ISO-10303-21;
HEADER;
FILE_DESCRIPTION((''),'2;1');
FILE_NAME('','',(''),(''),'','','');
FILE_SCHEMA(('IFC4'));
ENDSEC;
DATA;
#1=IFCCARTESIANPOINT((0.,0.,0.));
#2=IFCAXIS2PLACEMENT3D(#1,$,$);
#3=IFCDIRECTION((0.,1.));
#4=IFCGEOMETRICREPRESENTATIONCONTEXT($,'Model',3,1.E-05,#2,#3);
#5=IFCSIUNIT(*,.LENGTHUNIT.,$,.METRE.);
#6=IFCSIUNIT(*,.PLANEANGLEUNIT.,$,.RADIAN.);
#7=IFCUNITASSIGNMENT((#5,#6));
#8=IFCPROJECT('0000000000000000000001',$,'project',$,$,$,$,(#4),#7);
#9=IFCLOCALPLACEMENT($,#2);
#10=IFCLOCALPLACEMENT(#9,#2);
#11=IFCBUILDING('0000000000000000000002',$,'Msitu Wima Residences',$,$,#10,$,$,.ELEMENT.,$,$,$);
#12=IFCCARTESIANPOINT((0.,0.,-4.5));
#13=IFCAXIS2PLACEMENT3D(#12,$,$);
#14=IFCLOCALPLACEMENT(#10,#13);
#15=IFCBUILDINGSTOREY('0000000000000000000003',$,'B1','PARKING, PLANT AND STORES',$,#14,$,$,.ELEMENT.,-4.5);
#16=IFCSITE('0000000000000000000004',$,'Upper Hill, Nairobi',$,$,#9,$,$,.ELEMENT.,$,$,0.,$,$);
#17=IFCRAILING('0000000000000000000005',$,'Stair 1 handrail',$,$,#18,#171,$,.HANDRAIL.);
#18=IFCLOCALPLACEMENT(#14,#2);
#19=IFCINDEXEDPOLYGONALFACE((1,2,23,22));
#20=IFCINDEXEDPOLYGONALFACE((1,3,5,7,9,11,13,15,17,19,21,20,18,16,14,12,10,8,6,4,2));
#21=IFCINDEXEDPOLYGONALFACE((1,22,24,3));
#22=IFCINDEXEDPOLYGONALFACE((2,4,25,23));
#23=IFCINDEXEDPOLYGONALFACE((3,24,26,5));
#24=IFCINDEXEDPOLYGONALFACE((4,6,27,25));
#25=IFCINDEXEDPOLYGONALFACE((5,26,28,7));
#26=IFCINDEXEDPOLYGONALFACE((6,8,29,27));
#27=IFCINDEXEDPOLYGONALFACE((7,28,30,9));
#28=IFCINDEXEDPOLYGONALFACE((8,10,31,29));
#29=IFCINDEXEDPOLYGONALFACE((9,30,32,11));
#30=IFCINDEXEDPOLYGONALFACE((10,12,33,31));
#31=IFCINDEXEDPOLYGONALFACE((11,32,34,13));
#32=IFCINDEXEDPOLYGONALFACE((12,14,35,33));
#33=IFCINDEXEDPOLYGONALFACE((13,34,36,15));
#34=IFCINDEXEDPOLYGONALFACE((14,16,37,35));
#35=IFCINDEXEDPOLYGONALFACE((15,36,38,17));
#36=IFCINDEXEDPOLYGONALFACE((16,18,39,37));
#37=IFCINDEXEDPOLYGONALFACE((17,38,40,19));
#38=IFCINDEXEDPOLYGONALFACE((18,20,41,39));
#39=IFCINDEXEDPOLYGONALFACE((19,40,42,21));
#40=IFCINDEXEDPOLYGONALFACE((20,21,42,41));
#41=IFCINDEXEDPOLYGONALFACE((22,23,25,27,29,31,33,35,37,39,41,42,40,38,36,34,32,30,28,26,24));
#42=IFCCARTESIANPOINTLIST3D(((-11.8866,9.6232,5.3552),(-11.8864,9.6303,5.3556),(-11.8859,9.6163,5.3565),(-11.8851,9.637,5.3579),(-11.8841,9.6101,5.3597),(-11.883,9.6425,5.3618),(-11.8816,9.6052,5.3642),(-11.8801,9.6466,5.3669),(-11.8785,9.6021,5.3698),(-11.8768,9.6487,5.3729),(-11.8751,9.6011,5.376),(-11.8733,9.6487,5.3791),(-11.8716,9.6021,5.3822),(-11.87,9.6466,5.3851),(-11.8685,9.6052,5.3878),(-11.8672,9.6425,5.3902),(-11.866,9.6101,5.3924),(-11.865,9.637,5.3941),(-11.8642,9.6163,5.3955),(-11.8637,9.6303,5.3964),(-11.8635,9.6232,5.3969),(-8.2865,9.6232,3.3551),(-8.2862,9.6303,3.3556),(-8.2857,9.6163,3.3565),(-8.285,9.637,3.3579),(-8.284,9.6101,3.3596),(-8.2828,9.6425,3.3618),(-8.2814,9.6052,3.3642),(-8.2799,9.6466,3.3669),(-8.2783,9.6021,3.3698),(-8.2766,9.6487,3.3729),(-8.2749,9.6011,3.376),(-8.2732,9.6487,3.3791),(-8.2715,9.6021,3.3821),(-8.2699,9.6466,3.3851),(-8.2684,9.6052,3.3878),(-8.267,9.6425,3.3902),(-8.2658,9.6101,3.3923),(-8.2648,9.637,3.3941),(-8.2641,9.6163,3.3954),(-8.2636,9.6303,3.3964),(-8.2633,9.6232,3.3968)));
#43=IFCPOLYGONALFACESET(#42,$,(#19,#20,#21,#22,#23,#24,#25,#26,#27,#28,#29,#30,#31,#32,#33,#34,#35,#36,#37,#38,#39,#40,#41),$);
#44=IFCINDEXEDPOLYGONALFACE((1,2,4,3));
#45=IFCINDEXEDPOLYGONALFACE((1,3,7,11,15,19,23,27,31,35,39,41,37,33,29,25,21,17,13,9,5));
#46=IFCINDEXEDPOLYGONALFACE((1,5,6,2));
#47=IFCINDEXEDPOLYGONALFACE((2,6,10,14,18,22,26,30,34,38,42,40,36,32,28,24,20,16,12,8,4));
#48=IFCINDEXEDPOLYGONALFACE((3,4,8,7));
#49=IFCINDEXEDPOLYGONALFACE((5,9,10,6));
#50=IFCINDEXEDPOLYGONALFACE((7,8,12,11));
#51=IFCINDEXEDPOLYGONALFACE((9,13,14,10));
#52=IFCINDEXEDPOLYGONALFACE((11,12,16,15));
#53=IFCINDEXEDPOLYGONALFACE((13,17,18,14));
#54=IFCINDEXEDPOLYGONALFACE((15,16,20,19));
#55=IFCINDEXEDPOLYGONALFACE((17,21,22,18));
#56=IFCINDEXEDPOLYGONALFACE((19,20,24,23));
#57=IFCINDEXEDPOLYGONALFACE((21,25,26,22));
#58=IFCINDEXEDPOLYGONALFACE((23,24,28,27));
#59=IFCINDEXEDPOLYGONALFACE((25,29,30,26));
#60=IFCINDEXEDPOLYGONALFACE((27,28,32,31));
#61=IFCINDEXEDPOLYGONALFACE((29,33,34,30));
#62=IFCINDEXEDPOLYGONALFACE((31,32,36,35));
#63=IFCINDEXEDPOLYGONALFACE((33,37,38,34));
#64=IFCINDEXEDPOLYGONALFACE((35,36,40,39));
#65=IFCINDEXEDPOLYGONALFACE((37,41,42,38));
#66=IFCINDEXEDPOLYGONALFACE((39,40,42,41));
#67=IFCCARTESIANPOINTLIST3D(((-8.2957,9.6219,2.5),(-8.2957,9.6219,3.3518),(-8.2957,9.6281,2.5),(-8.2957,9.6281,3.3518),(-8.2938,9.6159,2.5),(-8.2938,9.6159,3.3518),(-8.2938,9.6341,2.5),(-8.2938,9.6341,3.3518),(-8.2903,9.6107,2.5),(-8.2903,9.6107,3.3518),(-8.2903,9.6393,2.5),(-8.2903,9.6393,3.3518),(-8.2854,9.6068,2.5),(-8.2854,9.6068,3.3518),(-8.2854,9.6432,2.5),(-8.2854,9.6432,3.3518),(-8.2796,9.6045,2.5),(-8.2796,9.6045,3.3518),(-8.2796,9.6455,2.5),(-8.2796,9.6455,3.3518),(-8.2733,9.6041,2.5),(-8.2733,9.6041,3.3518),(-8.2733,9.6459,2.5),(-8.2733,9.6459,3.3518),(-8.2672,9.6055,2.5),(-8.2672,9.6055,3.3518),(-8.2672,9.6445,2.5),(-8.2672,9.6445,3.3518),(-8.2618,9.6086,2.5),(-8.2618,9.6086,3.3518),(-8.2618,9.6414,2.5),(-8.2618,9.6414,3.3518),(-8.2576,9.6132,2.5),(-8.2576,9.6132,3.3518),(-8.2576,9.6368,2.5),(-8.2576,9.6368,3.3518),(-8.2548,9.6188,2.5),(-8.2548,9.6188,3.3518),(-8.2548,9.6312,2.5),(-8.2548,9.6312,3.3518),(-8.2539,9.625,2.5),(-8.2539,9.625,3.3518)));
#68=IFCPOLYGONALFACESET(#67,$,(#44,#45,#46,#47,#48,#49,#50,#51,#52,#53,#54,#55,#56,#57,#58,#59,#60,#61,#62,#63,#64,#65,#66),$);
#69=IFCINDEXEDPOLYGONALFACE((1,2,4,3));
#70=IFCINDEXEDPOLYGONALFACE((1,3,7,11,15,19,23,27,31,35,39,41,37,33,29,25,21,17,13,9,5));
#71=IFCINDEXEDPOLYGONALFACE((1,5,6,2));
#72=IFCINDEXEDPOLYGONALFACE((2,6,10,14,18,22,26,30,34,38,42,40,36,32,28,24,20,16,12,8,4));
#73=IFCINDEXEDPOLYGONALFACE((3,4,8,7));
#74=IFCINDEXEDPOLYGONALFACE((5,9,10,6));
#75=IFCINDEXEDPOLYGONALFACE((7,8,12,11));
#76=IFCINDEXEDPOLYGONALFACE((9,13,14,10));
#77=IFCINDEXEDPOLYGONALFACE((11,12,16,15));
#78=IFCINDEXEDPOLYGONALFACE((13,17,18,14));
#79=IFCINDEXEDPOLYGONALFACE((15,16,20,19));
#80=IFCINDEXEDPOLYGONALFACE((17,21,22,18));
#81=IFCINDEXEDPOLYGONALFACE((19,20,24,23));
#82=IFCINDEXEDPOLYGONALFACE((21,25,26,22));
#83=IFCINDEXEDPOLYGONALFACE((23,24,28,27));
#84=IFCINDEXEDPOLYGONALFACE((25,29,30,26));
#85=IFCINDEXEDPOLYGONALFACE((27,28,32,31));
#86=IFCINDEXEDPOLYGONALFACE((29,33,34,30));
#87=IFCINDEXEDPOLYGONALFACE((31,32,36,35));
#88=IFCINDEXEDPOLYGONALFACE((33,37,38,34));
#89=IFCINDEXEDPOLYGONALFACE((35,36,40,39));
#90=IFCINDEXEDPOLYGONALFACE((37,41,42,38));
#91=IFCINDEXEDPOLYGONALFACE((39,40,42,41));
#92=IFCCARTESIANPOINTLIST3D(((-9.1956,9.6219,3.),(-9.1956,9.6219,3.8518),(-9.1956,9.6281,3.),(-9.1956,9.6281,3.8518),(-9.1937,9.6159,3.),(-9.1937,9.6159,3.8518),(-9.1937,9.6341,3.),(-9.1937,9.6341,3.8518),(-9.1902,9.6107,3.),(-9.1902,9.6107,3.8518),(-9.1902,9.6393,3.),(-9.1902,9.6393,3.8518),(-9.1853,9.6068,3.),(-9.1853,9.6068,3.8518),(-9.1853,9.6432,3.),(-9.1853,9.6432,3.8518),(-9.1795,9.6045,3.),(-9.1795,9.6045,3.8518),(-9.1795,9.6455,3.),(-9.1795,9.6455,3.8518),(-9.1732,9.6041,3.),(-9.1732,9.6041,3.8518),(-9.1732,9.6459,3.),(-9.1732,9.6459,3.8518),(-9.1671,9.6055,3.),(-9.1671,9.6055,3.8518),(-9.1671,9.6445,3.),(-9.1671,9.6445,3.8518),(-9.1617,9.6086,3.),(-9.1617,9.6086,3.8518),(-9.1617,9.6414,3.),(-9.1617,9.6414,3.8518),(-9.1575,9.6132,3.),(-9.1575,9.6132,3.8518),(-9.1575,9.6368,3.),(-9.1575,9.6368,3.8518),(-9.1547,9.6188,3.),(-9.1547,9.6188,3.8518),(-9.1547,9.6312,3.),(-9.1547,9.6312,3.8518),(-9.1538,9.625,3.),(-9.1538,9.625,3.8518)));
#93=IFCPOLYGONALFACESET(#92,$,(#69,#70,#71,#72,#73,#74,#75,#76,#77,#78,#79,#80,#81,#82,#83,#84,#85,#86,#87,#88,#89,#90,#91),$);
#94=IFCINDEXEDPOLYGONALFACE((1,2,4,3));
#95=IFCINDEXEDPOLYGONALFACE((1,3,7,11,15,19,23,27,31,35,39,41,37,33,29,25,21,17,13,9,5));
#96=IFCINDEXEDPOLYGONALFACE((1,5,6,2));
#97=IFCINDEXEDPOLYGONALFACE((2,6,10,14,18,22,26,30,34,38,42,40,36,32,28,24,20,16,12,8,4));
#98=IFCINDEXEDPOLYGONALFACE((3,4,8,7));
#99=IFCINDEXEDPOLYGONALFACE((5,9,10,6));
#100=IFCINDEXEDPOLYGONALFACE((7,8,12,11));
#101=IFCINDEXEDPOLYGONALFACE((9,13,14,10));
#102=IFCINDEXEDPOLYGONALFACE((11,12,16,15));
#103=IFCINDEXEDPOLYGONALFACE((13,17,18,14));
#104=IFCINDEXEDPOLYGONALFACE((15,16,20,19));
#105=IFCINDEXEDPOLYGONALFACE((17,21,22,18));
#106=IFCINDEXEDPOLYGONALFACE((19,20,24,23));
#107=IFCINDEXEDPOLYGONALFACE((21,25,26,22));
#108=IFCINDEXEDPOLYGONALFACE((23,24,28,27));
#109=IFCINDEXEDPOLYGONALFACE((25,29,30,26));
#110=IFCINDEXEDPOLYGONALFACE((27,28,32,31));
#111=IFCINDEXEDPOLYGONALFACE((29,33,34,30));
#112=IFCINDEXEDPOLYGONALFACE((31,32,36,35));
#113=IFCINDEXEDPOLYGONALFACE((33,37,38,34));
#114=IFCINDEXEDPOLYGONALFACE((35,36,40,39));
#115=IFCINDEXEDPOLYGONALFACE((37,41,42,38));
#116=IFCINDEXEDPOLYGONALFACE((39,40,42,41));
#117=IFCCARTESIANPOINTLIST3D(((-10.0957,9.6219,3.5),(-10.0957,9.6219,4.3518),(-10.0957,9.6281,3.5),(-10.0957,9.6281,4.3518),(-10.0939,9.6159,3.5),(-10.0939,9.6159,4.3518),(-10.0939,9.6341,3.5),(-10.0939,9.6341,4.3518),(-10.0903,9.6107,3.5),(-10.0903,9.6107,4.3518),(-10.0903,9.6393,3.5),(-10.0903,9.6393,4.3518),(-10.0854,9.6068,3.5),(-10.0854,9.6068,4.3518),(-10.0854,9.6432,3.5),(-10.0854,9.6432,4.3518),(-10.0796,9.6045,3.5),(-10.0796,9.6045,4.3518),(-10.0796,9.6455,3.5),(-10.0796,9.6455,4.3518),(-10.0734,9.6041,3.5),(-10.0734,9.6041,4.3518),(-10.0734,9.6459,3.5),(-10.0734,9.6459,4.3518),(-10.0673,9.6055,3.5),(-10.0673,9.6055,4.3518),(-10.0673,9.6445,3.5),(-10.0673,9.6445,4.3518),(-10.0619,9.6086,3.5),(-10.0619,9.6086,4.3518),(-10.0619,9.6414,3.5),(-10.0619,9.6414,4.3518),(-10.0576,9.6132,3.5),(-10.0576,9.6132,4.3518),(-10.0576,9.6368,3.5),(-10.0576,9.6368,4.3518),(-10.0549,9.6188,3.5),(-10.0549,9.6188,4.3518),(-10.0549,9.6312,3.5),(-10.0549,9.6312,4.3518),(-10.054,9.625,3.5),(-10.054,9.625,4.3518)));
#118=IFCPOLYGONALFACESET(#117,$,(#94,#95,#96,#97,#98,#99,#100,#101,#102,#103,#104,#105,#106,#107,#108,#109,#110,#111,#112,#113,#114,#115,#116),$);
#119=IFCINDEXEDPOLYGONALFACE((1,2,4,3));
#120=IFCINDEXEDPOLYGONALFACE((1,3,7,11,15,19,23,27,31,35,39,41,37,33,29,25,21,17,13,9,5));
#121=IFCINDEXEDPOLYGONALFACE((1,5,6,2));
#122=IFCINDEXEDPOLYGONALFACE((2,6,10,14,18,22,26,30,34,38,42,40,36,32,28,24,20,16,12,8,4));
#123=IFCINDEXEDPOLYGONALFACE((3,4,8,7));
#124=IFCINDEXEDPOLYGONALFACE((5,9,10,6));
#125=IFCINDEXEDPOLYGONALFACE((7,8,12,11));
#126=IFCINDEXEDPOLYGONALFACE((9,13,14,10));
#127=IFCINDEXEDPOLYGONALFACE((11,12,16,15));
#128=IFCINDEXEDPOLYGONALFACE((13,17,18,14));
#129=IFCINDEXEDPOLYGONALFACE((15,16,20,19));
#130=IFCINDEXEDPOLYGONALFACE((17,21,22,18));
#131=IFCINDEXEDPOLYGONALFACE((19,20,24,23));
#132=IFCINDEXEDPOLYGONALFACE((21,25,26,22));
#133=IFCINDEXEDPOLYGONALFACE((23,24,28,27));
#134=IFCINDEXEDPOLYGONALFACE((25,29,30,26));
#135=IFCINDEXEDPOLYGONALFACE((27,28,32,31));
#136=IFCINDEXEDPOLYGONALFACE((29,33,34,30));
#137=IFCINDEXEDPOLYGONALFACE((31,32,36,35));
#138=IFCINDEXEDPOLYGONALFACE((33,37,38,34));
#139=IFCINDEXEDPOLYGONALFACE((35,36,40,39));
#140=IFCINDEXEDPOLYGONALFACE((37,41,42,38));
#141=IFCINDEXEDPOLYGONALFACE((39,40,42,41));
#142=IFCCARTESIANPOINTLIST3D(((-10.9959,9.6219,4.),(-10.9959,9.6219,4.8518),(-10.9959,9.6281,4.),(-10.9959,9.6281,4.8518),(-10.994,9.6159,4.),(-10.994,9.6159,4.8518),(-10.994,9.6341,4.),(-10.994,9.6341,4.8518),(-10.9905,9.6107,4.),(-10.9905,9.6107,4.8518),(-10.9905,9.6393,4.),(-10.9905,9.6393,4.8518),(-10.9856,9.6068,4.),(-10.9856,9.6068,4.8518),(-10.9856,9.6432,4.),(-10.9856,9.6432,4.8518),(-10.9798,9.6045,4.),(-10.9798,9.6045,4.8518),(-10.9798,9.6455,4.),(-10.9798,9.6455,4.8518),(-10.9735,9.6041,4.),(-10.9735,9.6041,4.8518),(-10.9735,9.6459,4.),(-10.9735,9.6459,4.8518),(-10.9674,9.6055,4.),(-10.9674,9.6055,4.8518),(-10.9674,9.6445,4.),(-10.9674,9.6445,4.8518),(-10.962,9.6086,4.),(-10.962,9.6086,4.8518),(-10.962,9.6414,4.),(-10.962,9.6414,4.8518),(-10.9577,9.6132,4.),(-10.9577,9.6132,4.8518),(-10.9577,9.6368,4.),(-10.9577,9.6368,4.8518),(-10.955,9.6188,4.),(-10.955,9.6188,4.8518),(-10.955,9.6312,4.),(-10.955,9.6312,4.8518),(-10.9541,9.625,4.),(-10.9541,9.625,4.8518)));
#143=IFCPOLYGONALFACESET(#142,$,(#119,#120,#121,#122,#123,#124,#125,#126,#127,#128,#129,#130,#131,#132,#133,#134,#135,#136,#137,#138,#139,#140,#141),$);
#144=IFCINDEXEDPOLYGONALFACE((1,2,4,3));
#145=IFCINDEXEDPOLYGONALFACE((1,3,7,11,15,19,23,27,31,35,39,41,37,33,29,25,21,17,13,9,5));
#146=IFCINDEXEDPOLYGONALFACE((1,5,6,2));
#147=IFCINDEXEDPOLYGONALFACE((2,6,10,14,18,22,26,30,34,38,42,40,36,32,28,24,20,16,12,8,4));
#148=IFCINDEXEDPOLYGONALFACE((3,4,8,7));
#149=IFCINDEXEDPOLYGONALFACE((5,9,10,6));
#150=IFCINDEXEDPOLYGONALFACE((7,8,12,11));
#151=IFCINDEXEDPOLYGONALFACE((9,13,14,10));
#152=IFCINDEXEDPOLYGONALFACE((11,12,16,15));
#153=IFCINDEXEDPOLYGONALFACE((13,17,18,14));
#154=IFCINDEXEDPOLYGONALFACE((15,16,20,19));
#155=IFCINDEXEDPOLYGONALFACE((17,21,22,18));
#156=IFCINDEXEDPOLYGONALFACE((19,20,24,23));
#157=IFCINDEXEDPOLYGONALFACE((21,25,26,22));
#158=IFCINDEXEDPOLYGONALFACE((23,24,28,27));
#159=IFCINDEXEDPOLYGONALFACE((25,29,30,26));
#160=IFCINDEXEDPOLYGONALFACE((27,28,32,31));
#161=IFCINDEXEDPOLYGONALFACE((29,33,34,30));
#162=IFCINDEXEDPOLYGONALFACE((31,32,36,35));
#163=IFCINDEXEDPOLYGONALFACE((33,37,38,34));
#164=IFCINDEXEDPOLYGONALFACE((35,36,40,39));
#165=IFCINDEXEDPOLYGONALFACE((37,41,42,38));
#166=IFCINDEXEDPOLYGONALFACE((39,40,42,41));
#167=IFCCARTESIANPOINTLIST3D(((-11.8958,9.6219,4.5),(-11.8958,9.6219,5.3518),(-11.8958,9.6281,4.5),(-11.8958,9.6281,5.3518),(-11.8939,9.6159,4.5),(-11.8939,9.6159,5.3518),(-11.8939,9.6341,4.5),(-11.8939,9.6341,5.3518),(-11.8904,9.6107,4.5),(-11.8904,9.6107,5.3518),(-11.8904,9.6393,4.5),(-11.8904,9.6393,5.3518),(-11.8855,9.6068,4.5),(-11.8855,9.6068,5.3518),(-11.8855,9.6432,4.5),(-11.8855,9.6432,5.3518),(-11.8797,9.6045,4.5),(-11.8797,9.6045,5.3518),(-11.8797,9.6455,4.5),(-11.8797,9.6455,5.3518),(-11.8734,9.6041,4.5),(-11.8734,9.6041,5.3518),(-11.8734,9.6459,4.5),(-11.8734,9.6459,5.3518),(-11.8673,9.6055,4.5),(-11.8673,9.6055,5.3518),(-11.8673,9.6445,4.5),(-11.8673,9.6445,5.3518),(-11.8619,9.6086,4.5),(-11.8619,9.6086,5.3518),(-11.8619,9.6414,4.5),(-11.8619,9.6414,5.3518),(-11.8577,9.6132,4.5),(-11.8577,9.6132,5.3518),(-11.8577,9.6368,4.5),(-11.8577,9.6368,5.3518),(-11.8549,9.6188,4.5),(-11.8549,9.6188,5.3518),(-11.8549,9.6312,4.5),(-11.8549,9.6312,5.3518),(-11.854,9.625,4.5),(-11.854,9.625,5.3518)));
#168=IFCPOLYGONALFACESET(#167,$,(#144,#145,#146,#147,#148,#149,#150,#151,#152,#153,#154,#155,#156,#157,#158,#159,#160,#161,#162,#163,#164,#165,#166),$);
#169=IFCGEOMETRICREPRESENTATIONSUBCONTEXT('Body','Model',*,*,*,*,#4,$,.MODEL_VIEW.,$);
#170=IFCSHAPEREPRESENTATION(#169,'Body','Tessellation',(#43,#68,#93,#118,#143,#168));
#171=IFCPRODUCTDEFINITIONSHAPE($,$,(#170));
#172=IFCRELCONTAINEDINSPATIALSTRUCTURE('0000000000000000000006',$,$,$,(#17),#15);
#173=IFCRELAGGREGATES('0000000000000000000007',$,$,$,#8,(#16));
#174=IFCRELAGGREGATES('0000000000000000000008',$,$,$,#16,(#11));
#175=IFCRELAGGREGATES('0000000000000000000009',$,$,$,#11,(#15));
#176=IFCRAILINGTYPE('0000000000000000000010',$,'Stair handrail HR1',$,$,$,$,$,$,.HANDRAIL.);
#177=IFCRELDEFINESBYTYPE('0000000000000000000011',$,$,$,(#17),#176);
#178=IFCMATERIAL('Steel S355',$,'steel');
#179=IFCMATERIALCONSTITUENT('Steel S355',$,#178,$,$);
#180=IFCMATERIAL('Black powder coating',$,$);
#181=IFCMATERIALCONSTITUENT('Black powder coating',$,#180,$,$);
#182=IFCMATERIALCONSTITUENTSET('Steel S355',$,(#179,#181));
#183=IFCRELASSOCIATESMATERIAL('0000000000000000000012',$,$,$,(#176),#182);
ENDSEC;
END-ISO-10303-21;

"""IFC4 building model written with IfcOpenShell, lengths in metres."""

from ifc_helpers import new_model, si_unit, direction, frame, origin, origin_2d, place, context, subcontext, project, spatial, circle, extrude, material, constituent, constituent_set, type_object, element, save


model = new_model("IFC4")

# Units and contexts
model_context = context("Model", 3, precision=1e-05, world=origin(), true_north=direction((0.0, 1.0)))
body_context = subcontext(model_context, "Body", "Model", "MODEL_VIEW")
ifc_project = project(units=[si_unit("LENGTHUNIT", "METRE"), si_unit("PLANEANGLEUNIT", "RADIAN")], contexts=[model_context])

# Site, building, storey
site_placement = place(None, origin())
site = spatial("IfcSite", under=ifc_project, at=site_placement, Name="Upper Hill, Nairobi", CompositionType="ELEMENT", RefElevation=0.0)
building_placement = place(site_placement, origin())
building = spatial("IfcBuilding", under=site, at=building_placement, Name="Msitu Wima Residences", CompositionType="ELEMENT")
storey_placement = place(building_placement, frame((0.0, 0.0, -4.5)))
storey = spatial("IfcBuildingStorey", under=building, at=storey_placement, Name="B1", Description="PARKING, PLANT AND STORES", CompositionType="ELEMENT", Elevation=-4.5)

# Railing
ifc_material_1 = material(Name="Steel S355", Category="steel")
ifc_constituent_1 = constituent(ifc_material_1, Name="Steel S355")
ifc_material_2 = material(Name="Black powder coating")
ifc_constituent_2 = constituent(ifc_material_2, Name="Black powder coating")
ifc_constituent_set = constituent_set(constituents=[ifc_constituent_1, ifc_constituent_2], Name="Steel S355")
railing_type = type_object("IfcRailingType", Name="Stair handrail HR1", PredefinedType="HANDRAIL", material=ifc_constituent_set)
railing_placement = place(storey_placement, frame((-8.2749, 9.625, 2.5)))
element("IfcRailing", 1, at=railing_placement, inside=storey, type_object=railing_type, Name="Stair 1 handrail", PredefinedType="HANDRAIL", context=body_context, shape_type="SweptSolid", body=[
    extrude(circle(Radius=0.0239, at=origin_2d()), frame((0.0, 0.0, 0.876), z_axis=(-0.874163, 0.0, 0.485633), x_axis=(0.0, -1.0, 0.0)), (0.0, 0.0, 1.0), 4.1184),
    extrude(circle(Radius=0.021, at=origin_2d()), origin(), (0.0, 0.0, 1.0), 0.8518),
    extrude(circle(Radius=0.021, at=origin_2d()), frame((-0.8999, 0.0, 0.5)), (0.0, 0.0, 1.0), 0.8518),
    extrude(circle(Radius=0.021, at=origin_2d()), frame((-1.8, 0.0, 1.0)), (0.0, 0.0, 1.0), 0.8518),
    extrude(circle(Radius=0.021, at=origin_2d()), frame((-2.7002, 0.0, 1.5)), (0.0, 0.0, 1.0), 0.8518),
    extrude(circle(Radius=0.021, at=origin_2d()), frame((-3.6001, 0.0, 2.0)), (0.0, 0.0, 1.0), 0.8518),
])

save(model, "model.ifc")
